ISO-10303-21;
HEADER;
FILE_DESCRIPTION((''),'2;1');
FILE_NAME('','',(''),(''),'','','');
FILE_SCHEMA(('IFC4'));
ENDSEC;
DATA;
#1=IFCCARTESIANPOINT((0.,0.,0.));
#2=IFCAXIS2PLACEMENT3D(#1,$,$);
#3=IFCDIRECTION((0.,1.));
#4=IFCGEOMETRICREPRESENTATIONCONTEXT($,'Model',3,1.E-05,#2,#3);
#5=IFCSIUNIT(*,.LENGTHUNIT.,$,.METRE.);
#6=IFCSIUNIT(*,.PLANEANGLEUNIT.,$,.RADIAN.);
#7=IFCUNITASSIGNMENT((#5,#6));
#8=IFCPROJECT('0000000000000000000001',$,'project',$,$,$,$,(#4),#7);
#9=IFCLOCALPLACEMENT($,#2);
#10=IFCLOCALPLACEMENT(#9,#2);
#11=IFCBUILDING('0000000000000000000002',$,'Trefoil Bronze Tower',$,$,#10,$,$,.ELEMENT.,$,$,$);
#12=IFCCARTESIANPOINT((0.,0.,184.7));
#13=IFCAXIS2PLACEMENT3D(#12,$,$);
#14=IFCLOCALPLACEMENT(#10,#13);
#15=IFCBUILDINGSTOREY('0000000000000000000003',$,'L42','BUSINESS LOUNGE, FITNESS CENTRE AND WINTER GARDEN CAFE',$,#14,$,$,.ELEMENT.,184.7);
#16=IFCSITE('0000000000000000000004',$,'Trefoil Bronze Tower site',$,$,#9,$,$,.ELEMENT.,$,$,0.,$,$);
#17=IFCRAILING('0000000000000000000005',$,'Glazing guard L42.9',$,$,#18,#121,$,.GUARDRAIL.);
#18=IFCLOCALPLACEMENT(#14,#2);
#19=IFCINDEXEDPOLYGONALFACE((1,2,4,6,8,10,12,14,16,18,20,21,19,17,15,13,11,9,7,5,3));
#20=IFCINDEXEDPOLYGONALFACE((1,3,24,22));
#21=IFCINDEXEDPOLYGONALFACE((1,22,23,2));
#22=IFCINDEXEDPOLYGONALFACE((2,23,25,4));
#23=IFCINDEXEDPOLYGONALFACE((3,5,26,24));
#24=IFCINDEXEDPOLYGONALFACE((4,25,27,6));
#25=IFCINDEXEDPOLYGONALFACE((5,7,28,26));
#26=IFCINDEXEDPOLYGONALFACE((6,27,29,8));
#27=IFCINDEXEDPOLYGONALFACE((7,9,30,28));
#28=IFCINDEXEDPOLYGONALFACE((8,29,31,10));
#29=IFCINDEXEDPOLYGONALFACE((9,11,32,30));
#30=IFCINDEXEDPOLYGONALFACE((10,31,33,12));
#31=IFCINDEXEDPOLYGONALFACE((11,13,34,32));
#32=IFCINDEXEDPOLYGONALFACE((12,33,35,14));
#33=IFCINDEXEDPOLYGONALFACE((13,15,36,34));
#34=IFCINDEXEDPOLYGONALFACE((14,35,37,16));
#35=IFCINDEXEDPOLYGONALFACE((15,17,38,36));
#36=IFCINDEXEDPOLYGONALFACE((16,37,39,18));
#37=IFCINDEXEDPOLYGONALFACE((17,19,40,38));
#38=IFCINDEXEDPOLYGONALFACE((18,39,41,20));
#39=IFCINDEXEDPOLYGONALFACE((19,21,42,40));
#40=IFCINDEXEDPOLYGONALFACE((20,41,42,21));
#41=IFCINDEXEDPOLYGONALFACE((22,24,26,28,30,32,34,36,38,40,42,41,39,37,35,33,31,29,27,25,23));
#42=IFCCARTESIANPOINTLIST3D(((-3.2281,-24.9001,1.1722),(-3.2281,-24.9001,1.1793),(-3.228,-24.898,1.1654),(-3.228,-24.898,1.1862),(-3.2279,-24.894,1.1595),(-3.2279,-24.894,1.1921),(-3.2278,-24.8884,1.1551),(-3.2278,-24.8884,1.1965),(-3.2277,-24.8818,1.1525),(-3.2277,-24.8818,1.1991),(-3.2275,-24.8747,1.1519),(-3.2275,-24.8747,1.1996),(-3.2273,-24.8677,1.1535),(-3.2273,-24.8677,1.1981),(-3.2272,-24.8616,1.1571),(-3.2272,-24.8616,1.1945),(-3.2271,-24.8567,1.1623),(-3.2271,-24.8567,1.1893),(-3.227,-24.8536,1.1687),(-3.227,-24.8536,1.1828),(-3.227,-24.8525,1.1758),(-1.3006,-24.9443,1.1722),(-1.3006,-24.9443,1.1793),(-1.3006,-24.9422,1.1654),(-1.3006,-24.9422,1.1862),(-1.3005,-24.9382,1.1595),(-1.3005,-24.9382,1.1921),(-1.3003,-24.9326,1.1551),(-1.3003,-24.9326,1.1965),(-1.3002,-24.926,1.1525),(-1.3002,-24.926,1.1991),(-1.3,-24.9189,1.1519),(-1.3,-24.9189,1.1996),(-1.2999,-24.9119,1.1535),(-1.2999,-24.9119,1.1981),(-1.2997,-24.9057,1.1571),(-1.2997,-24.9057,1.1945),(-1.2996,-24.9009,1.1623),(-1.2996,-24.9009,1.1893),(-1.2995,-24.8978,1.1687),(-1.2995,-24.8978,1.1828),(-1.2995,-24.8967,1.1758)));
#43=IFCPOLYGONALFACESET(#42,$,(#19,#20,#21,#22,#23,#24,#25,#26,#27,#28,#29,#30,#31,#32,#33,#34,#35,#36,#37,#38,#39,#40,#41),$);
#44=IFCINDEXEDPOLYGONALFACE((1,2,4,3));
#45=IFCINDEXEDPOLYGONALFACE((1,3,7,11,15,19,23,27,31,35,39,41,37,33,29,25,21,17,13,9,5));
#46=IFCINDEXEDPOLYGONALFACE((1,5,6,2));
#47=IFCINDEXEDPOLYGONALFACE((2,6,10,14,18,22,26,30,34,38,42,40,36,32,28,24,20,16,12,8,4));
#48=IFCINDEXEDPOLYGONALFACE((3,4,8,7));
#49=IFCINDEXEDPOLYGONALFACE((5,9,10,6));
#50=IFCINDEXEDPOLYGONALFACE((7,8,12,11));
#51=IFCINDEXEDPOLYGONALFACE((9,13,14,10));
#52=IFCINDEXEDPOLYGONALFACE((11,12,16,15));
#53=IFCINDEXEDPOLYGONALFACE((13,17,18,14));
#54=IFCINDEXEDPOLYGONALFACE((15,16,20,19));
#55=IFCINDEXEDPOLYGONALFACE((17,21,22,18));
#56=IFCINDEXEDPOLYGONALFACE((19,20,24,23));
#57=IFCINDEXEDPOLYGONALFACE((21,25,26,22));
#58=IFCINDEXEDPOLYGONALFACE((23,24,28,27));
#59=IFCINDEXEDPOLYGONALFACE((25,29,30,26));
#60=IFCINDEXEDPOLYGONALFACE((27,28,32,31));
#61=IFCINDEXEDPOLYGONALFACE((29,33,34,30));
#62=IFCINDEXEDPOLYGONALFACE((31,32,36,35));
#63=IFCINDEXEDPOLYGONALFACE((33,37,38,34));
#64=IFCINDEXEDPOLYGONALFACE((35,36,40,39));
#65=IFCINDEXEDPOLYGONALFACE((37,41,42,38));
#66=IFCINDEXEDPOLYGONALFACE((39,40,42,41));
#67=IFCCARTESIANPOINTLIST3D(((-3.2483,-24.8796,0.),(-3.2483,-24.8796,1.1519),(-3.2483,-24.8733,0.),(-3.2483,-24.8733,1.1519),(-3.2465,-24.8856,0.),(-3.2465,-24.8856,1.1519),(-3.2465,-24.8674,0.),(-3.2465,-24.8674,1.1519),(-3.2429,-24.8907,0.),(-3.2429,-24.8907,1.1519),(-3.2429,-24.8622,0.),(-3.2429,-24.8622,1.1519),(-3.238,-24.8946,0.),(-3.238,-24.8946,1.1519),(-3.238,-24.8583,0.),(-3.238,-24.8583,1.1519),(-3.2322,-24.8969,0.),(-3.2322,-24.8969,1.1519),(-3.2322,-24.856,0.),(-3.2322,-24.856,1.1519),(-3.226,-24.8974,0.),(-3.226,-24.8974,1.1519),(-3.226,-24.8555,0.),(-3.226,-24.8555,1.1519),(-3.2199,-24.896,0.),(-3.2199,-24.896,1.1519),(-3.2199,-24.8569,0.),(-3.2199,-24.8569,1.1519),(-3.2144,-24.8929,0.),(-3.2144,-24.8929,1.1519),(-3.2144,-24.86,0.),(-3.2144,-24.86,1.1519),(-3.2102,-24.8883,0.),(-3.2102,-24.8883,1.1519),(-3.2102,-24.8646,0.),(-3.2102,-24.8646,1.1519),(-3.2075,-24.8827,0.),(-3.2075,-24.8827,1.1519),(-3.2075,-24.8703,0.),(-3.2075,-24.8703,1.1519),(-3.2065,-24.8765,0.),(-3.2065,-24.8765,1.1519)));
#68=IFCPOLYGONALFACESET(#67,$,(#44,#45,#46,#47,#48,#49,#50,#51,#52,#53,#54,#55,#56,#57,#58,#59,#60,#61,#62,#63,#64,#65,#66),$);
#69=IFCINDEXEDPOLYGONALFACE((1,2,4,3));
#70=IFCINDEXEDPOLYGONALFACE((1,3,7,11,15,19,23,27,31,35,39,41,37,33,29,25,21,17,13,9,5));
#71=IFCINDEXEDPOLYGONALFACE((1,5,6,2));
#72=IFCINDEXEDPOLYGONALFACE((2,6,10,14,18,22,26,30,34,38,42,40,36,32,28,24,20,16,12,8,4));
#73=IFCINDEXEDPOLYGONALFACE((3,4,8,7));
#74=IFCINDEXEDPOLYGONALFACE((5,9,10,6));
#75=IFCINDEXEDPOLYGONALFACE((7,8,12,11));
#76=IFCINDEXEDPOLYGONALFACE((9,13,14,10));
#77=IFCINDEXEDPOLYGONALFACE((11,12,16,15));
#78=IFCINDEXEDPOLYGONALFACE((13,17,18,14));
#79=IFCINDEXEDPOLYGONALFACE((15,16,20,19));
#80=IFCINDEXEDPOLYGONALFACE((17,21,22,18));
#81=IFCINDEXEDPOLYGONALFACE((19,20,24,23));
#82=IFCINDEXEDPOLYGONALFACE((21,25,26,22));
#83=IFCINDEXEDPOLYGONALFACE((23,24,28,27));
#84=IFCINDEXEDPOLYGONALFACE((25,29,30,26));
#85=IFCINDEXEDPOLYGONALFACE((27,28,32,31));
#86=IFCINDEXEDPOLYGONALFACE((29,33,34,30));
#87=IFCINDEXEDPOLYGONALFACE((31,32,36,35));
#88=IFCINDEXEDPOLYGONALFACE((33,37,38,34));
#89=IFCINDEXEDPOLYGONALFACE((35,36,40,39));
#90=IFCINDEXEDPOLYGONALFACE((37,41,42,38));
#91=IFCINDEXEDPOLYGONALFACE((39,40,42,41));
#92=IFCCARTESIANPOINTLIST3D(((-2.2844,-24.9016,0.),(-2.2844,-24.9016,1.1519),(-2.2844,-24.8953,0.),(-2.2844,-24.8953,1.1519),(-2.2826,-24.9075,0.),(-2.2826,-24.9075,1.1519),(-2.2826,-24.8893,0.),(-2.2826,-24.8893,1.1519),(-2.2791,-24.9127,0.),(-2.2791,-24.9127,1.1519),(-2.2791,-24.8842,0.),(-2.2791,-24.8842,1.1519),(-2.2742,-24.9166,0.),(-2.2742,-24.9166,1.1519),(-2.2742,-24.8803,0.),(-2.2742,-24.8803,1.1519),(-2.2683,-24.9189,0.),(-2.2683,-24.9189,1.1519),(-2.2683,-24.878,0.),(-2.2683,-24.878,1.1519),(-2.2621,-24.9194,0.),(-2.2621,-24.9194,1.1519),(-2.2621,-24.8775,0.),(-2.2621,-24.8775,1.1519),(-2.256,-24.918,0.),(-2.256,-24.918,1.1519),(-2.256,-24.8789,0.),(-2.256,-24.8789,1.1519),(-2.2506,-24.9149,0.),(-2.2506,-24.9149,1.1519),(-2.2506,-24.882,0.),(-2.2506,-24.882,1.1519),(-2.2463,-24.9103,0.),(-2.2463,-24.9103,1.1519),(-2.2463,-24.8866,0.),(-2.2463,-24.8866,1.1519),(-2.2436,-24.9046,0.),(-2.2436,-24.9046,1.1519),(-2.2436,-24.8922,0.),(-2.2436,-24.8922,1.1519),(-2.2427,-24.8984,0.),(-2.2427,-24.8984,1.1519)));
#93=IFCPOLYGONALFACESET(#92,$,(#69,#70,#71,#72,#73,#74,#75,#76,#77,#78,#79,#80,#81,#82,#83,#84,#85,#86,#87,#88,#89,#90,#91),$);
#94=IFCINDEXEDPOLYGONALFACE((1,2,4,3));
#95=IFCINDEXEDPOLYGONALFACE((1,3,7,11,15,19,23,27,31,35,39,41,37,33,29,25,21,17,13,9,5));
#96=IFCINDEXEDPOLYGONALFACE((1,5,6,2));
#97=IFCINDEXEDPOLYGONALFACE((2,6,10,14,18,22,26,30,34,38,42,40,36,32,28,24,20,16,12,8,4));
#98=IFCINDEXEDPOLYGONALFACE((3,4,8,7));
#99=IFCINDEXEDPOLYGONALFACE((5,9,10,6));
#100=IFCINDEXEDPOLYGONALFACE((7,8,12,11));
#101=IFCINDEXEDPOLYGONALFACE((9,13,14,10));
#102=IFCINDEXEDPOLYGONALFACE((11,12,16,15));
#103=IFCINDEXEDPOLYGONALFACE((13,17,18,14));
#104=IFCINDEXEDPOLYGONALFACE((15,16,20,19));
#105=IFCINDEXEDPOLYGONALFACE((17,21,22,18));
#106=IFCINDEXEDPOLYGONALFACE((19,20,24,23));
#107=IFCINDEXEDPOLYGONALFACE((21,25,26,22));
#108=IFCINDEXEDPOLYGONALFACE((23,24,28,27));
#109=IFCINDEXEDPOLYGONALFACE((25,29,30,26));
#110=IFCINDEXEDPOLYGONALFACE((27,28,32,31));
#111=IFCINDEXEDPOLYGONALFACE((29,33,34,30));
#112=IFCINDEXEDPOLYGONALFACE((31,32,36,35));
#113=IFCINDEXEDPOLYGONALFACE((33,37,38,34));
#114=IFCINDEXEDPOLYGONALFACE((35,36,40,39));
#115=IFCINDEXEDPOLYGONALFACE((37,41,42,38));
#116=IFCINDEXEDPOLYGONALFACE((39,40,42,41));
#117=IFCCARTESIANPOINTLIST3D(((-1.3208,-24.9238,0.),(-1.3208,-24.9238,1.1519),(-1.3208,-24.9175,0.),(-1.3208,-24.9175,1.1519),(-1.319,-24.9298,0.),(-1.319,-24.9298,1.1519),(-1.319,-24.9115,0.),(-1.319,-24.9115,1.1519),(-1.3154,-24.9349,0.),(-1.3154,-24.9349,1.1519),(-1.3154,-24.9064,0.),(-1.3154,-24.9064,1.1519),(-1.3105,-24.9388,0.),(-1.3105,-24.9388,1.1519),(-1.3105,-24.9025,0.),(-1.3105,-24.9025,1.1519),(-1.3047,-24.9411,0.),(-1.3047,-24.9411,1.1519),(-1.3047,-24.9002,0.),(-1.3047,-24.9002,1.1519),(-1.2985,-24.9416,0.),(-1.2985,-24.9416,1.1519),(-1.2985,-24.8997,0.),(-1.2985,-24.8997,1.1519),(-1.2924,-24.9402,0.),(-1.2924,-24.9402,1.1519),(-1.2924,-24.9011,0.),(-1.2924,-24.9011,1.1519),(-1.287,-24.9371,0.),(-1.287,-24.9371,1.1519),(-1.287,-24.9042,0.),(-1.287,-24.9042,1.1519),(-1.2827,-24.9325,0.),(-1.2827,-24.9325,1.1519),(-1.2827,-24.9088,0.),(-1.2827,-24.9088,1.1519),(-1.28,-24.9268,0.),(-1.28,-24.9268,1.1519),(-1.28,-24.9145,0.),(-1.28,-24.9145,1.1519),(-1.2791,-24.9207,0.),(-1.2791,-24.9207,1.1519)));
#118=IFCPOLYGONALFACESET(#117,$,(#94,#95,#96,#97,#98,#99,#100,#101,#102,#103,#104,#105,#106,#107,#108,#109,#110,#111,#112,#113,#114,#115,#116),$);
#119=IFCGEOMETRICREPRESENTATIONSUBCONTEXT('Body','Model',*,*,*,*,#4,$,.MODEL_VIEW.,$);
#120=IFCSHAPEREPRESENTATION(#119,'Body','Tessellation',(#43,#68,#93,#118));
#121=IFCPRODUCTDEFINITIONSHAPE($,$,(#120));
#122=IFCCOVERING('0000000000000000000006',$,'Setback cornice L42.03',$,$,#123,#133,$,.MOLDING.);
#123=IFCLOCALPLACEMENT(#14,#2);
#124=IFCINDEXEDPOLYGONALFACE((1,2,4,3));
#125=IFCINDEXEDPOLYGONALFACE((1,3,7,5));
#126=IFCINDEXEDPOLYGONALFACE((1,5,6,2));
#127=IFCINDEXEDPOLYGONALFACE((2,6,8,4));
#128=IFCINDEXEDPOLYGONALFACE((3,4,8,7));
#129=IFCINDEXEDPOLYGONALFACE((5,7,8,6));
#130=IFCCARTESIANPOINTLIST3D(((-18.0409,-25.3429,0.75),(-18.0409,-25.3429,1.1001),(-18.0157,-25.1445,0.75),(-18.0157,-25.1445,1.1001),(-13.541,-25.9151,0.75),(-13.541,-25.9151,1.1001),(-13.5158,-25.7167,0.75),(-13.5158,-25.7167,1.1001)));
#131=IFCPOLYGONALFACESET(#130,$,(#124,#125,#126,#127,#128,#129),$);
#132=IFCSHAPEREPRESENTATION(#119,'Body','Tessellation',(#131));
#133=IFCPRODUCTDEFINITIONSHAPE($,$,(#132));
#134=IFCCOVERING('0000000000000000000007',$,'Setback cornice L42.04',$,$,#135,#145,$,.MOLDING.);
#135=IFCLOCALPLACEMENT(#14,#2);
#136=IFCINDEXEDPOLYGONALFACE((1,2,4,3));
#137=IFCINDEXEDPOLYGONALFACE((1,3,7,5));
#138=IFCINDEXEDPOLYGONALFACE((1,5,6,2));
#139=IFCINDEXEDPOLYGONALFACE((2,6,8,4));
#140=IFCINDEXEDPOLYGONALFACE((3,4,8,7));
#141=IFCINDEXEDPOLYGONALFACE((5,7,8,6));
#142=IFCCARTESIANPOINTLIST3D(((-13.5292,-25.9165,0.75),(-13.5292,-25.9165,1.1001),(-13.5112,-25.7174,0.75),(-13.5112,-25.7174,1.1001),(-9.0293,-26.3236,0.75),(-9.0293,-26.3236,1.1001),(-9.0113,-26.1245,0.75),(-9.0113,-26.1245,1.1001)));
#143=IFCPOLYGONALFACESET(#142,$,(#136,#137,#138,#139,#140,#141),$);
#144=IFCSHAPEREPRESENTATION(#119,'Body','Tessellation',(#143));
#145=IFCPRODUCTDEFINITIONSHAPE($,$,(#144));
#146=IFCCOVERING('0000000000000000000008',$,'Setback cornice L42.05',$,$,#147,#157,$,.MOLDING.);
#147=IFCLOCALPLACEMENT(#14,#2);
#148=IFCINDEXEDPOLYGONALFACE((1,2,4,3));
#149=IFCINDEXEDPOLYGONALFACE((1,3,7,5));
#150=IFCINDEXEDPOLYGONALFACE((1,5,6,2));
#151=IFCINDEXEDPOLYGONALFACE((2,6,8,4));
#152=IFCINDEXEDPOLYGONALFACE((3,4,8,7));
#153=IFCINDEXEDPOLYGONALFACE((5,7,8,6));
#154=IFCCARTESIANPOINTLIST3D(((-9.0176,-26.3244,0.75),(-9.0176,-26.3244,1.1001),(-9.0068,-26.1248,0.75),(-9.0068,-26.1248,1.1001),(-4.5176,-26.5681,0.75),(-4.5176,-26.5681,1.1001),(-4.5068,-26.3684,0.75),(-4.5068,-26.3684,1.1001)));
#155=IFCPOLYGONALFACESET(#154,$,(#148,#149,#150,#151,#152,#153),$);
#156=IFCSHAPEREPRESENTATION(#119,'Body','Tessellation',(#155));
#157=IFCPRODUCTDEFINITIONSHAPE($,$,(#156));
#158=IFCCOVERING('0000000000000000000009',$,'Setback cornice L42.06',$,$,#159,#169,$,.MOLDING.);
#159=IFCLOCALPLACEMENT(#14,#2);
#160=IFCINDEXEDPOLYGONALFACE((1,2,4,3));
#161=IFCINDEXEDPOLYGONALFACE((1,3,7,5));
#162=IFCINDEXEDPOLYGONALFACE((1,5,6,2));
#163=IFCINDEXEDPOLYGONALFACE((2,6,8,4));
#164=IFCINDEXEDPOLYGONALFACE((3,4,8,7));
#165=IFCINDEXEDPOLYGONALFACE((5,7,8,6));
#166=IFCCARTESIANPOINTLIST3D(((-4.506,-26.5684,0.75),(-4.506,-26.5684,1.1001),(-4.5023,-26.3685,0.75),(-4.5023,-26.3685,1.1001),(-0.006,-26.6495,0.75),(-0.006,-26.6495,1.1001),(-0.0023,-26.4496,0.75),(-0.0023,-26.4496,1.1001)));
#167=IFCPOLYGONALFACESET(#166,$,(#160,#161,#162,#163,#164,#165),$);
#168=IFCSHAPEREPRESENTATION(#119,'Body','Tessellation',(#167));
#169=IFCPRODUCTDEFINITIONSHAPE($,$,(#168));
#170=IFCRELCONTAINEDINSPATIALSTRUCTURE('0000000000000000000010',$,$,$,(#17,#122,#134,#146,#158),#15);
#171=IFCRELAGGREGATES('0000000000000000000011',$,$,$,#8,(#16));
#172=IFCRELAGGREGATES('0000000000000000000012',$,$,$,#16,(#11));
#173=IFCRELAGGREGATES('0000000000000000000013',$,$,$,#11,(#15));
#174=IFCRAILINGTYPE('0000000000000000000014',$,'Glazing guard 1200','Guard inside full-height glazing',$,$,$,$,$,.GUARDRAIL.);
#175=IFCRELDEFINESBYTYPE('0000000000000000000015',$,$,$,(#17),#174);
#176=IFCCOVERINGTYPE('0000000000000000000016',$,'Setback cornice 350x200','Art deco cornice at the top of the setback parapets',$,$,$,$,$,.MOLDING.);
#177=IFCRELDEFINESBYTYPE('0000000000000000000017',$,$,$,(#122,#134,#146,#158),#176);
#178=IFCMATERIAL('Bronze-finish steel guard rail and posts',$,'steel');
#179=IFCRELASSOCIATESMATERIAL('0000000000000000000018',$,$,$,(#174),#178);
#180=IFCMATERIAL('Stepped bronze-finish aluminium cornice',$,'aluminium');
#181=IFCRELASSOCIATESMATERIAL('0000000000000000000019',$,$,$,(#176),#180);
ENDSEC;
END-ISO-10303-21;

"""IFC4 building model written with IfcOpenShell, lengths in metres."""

from ifc_helpers import new_model, si_unit, direction, frame, origin, origin_2d, place, context, subcontext, project, spatial, rectangle, circle, extrude, material, type_object, element, save


model = new_model("IFC4")

# Units and contexts
model_context = context("Model", 3, precision=1e-05, world=origin(), true_north=direction((0.0, 1.0)))
body_context = subcontext(model_context, "Body", "Model", "MODEL_VIEW")
ifc_project = project(units=[si_unit("LENGTHUNIT", "METRE"), si_unit("PLANEANGLEUNIT", "RADIAN")], contexts=[model_context])

# Site, building, storey
site_placement = place(None, origin())
site = spatial("IfcSite", under=ifc_project, at=site_placement, Name="Trefoil Bronze Tower site", CompositionType="ELEMENT", RefElevation=0.0)
building_placement = place(site_placement, origin())
building = spatial("IfcBuilding", under=site, at=building_placement, Name="Trefoil Bronze Tower", CompositionType="ELEMENT")
storey_placement = place(building_placement, frame((0.0, 0.0, 184.7)))
storey = spatial("IfcBuildingStorey", under=building, at=storey_placement, Name="L42", Description="BUSINESS LOUNGE, FITNESS CENTRE AND WINTER GARDEN CAFE", CompositionType="ELEMENT", Elevation=184.7)

# Railing
ifc_material_1 = material(Name="Bronze-finish steel guard rail and posts", Category="steel")
railing_type = type_object("IfcRailingType", Name="Glazing guard 1200", Description="Guard inside full-height glazing", PredefinedType="GUARDRAIL", material=ifc_material_1)
railing_1_placement = place(storey_placement, frame((-3.2275, -24.8765, 0.0)))
element("IfcRailing", 1, at=railing_1_placement, inside=storey, type_object=railing_type, Name="Glazing guard L42.9", PredefinedType="GUARDRAIL", context=body_context, shape_type="SweptSolid", body=[
    extrude(circle(Radius=0.0239, at=origin_2d()), frame((0.0, 0.0, 1.1758), z_axis=(0.999737, -0.02292, 0.0), x_axis=(0.02292, 0.999737, 0.0)), (0.0, 0.0, 1.0), 1.928),
    extrude(circle(Radius=0.021, at=origin_2d()), origin(), (0.0, 0.0, 1.0), 1.1519),
    extrude(circle(Radius=0.021, at=origin_2d()), frame((0.9639, -0.022, 0.0)), (0.0, 0.0, 1.0), 1.1519),
    extrude(circle(Radius=0.021, at=origin_2d()), frame((1.9275, -0.0442, 0.0)), (0.0, 0.0, 1.0), 1.1519),
])

# Coverings
ifc_material_2 = material(Name="Stepped bronze-finish aluminium cornice", Category="aluminium")
covering_type = type_object("IfcCoveringType", Name="Setback cornice 350x200", Description="Art deco cornice at the top of the setback parapets", PredefinedType="MOLDING", material=ifc_material_2)
covering_1_placement = place(storey_placement, frame((-15.7783, -25.5298, 0.75), z_axis=(0.0, 0.0, 1.0), x_axis=(0.992012, -0.126147, 0.0)))
element("IfcCovering", 2, at=covering_1_placement, inside=storey, type_object=covering_type, Name="Setback cornice L42.03", PredefinedType="MOLDING", context=body_context, shape_type="SweptSolid", body=[
    extrude(rectangle(XDim=4.5361, YDim=0.2, at=origin_2d()), origin(), (0.0, 0.0, 1.0), 0.3501),
])
covering_2_placement = place(storey_placement, frame((-11.2703, -26.0205, 0.75), z_axis=(0.0, 0.0, 1.0), x_axis=(0.995932, -0.090105, 0.0)))
element("IfcCovering", 3, at=covering_2_placement, inside=storey, type_object=covering_type, Name="Setback cornice L42.04", PredefinedType="MOLDING", context=body_context, shape_type="SweptSolid", body=[
    extrude(rectangle(XDim=4.5183, YDim=0.2, at=origin_2d()), origin(), (0.0, 0.0, 1.0), 0.3501),
])
covering_3_placement = place(storey_placement, frame((-6.7622, -26.3464, 0.75), z_axis=(0.0, 0.0, 1.0), x_axis=(0.998538, -0.054063, 0.0)))
element("IfcCovering", 4, at=covering_3_placement, inside=storey, type_object=covering_type, Name="Setback cornice L42.05", PredefinedType="MOLDING", context=body_context, shape_type="SweptSolid", body=[
    extrude(rectangle(XDim=4.5066, YDim=0.2, at=origin_2d()), origin(), (0.0, 0.0, 1.0), 0.3501),
])
covering_4_placement = place(storey_placement, frame((-2.2542, -26.509, 0.75), z_axis=(0.0, 0.0, 1.0), x_axis=(0.999838, -0.018021, 0.0)))
element("IfcCovering", 5, at=covering_4_placement, inside=storey, type_object=covering_type, Name="Setback cornice L42.06", PredefinedType="MOLDING", context=body_context, shape_type="SweptSolid", body=[
    extrude(rectangle(XDim=4.5007, YDim=0.2, at=origin_2d()), origin(), (0.0, 0.0, 1.0), 0.3501),
])

save(model, "model.ifc")
